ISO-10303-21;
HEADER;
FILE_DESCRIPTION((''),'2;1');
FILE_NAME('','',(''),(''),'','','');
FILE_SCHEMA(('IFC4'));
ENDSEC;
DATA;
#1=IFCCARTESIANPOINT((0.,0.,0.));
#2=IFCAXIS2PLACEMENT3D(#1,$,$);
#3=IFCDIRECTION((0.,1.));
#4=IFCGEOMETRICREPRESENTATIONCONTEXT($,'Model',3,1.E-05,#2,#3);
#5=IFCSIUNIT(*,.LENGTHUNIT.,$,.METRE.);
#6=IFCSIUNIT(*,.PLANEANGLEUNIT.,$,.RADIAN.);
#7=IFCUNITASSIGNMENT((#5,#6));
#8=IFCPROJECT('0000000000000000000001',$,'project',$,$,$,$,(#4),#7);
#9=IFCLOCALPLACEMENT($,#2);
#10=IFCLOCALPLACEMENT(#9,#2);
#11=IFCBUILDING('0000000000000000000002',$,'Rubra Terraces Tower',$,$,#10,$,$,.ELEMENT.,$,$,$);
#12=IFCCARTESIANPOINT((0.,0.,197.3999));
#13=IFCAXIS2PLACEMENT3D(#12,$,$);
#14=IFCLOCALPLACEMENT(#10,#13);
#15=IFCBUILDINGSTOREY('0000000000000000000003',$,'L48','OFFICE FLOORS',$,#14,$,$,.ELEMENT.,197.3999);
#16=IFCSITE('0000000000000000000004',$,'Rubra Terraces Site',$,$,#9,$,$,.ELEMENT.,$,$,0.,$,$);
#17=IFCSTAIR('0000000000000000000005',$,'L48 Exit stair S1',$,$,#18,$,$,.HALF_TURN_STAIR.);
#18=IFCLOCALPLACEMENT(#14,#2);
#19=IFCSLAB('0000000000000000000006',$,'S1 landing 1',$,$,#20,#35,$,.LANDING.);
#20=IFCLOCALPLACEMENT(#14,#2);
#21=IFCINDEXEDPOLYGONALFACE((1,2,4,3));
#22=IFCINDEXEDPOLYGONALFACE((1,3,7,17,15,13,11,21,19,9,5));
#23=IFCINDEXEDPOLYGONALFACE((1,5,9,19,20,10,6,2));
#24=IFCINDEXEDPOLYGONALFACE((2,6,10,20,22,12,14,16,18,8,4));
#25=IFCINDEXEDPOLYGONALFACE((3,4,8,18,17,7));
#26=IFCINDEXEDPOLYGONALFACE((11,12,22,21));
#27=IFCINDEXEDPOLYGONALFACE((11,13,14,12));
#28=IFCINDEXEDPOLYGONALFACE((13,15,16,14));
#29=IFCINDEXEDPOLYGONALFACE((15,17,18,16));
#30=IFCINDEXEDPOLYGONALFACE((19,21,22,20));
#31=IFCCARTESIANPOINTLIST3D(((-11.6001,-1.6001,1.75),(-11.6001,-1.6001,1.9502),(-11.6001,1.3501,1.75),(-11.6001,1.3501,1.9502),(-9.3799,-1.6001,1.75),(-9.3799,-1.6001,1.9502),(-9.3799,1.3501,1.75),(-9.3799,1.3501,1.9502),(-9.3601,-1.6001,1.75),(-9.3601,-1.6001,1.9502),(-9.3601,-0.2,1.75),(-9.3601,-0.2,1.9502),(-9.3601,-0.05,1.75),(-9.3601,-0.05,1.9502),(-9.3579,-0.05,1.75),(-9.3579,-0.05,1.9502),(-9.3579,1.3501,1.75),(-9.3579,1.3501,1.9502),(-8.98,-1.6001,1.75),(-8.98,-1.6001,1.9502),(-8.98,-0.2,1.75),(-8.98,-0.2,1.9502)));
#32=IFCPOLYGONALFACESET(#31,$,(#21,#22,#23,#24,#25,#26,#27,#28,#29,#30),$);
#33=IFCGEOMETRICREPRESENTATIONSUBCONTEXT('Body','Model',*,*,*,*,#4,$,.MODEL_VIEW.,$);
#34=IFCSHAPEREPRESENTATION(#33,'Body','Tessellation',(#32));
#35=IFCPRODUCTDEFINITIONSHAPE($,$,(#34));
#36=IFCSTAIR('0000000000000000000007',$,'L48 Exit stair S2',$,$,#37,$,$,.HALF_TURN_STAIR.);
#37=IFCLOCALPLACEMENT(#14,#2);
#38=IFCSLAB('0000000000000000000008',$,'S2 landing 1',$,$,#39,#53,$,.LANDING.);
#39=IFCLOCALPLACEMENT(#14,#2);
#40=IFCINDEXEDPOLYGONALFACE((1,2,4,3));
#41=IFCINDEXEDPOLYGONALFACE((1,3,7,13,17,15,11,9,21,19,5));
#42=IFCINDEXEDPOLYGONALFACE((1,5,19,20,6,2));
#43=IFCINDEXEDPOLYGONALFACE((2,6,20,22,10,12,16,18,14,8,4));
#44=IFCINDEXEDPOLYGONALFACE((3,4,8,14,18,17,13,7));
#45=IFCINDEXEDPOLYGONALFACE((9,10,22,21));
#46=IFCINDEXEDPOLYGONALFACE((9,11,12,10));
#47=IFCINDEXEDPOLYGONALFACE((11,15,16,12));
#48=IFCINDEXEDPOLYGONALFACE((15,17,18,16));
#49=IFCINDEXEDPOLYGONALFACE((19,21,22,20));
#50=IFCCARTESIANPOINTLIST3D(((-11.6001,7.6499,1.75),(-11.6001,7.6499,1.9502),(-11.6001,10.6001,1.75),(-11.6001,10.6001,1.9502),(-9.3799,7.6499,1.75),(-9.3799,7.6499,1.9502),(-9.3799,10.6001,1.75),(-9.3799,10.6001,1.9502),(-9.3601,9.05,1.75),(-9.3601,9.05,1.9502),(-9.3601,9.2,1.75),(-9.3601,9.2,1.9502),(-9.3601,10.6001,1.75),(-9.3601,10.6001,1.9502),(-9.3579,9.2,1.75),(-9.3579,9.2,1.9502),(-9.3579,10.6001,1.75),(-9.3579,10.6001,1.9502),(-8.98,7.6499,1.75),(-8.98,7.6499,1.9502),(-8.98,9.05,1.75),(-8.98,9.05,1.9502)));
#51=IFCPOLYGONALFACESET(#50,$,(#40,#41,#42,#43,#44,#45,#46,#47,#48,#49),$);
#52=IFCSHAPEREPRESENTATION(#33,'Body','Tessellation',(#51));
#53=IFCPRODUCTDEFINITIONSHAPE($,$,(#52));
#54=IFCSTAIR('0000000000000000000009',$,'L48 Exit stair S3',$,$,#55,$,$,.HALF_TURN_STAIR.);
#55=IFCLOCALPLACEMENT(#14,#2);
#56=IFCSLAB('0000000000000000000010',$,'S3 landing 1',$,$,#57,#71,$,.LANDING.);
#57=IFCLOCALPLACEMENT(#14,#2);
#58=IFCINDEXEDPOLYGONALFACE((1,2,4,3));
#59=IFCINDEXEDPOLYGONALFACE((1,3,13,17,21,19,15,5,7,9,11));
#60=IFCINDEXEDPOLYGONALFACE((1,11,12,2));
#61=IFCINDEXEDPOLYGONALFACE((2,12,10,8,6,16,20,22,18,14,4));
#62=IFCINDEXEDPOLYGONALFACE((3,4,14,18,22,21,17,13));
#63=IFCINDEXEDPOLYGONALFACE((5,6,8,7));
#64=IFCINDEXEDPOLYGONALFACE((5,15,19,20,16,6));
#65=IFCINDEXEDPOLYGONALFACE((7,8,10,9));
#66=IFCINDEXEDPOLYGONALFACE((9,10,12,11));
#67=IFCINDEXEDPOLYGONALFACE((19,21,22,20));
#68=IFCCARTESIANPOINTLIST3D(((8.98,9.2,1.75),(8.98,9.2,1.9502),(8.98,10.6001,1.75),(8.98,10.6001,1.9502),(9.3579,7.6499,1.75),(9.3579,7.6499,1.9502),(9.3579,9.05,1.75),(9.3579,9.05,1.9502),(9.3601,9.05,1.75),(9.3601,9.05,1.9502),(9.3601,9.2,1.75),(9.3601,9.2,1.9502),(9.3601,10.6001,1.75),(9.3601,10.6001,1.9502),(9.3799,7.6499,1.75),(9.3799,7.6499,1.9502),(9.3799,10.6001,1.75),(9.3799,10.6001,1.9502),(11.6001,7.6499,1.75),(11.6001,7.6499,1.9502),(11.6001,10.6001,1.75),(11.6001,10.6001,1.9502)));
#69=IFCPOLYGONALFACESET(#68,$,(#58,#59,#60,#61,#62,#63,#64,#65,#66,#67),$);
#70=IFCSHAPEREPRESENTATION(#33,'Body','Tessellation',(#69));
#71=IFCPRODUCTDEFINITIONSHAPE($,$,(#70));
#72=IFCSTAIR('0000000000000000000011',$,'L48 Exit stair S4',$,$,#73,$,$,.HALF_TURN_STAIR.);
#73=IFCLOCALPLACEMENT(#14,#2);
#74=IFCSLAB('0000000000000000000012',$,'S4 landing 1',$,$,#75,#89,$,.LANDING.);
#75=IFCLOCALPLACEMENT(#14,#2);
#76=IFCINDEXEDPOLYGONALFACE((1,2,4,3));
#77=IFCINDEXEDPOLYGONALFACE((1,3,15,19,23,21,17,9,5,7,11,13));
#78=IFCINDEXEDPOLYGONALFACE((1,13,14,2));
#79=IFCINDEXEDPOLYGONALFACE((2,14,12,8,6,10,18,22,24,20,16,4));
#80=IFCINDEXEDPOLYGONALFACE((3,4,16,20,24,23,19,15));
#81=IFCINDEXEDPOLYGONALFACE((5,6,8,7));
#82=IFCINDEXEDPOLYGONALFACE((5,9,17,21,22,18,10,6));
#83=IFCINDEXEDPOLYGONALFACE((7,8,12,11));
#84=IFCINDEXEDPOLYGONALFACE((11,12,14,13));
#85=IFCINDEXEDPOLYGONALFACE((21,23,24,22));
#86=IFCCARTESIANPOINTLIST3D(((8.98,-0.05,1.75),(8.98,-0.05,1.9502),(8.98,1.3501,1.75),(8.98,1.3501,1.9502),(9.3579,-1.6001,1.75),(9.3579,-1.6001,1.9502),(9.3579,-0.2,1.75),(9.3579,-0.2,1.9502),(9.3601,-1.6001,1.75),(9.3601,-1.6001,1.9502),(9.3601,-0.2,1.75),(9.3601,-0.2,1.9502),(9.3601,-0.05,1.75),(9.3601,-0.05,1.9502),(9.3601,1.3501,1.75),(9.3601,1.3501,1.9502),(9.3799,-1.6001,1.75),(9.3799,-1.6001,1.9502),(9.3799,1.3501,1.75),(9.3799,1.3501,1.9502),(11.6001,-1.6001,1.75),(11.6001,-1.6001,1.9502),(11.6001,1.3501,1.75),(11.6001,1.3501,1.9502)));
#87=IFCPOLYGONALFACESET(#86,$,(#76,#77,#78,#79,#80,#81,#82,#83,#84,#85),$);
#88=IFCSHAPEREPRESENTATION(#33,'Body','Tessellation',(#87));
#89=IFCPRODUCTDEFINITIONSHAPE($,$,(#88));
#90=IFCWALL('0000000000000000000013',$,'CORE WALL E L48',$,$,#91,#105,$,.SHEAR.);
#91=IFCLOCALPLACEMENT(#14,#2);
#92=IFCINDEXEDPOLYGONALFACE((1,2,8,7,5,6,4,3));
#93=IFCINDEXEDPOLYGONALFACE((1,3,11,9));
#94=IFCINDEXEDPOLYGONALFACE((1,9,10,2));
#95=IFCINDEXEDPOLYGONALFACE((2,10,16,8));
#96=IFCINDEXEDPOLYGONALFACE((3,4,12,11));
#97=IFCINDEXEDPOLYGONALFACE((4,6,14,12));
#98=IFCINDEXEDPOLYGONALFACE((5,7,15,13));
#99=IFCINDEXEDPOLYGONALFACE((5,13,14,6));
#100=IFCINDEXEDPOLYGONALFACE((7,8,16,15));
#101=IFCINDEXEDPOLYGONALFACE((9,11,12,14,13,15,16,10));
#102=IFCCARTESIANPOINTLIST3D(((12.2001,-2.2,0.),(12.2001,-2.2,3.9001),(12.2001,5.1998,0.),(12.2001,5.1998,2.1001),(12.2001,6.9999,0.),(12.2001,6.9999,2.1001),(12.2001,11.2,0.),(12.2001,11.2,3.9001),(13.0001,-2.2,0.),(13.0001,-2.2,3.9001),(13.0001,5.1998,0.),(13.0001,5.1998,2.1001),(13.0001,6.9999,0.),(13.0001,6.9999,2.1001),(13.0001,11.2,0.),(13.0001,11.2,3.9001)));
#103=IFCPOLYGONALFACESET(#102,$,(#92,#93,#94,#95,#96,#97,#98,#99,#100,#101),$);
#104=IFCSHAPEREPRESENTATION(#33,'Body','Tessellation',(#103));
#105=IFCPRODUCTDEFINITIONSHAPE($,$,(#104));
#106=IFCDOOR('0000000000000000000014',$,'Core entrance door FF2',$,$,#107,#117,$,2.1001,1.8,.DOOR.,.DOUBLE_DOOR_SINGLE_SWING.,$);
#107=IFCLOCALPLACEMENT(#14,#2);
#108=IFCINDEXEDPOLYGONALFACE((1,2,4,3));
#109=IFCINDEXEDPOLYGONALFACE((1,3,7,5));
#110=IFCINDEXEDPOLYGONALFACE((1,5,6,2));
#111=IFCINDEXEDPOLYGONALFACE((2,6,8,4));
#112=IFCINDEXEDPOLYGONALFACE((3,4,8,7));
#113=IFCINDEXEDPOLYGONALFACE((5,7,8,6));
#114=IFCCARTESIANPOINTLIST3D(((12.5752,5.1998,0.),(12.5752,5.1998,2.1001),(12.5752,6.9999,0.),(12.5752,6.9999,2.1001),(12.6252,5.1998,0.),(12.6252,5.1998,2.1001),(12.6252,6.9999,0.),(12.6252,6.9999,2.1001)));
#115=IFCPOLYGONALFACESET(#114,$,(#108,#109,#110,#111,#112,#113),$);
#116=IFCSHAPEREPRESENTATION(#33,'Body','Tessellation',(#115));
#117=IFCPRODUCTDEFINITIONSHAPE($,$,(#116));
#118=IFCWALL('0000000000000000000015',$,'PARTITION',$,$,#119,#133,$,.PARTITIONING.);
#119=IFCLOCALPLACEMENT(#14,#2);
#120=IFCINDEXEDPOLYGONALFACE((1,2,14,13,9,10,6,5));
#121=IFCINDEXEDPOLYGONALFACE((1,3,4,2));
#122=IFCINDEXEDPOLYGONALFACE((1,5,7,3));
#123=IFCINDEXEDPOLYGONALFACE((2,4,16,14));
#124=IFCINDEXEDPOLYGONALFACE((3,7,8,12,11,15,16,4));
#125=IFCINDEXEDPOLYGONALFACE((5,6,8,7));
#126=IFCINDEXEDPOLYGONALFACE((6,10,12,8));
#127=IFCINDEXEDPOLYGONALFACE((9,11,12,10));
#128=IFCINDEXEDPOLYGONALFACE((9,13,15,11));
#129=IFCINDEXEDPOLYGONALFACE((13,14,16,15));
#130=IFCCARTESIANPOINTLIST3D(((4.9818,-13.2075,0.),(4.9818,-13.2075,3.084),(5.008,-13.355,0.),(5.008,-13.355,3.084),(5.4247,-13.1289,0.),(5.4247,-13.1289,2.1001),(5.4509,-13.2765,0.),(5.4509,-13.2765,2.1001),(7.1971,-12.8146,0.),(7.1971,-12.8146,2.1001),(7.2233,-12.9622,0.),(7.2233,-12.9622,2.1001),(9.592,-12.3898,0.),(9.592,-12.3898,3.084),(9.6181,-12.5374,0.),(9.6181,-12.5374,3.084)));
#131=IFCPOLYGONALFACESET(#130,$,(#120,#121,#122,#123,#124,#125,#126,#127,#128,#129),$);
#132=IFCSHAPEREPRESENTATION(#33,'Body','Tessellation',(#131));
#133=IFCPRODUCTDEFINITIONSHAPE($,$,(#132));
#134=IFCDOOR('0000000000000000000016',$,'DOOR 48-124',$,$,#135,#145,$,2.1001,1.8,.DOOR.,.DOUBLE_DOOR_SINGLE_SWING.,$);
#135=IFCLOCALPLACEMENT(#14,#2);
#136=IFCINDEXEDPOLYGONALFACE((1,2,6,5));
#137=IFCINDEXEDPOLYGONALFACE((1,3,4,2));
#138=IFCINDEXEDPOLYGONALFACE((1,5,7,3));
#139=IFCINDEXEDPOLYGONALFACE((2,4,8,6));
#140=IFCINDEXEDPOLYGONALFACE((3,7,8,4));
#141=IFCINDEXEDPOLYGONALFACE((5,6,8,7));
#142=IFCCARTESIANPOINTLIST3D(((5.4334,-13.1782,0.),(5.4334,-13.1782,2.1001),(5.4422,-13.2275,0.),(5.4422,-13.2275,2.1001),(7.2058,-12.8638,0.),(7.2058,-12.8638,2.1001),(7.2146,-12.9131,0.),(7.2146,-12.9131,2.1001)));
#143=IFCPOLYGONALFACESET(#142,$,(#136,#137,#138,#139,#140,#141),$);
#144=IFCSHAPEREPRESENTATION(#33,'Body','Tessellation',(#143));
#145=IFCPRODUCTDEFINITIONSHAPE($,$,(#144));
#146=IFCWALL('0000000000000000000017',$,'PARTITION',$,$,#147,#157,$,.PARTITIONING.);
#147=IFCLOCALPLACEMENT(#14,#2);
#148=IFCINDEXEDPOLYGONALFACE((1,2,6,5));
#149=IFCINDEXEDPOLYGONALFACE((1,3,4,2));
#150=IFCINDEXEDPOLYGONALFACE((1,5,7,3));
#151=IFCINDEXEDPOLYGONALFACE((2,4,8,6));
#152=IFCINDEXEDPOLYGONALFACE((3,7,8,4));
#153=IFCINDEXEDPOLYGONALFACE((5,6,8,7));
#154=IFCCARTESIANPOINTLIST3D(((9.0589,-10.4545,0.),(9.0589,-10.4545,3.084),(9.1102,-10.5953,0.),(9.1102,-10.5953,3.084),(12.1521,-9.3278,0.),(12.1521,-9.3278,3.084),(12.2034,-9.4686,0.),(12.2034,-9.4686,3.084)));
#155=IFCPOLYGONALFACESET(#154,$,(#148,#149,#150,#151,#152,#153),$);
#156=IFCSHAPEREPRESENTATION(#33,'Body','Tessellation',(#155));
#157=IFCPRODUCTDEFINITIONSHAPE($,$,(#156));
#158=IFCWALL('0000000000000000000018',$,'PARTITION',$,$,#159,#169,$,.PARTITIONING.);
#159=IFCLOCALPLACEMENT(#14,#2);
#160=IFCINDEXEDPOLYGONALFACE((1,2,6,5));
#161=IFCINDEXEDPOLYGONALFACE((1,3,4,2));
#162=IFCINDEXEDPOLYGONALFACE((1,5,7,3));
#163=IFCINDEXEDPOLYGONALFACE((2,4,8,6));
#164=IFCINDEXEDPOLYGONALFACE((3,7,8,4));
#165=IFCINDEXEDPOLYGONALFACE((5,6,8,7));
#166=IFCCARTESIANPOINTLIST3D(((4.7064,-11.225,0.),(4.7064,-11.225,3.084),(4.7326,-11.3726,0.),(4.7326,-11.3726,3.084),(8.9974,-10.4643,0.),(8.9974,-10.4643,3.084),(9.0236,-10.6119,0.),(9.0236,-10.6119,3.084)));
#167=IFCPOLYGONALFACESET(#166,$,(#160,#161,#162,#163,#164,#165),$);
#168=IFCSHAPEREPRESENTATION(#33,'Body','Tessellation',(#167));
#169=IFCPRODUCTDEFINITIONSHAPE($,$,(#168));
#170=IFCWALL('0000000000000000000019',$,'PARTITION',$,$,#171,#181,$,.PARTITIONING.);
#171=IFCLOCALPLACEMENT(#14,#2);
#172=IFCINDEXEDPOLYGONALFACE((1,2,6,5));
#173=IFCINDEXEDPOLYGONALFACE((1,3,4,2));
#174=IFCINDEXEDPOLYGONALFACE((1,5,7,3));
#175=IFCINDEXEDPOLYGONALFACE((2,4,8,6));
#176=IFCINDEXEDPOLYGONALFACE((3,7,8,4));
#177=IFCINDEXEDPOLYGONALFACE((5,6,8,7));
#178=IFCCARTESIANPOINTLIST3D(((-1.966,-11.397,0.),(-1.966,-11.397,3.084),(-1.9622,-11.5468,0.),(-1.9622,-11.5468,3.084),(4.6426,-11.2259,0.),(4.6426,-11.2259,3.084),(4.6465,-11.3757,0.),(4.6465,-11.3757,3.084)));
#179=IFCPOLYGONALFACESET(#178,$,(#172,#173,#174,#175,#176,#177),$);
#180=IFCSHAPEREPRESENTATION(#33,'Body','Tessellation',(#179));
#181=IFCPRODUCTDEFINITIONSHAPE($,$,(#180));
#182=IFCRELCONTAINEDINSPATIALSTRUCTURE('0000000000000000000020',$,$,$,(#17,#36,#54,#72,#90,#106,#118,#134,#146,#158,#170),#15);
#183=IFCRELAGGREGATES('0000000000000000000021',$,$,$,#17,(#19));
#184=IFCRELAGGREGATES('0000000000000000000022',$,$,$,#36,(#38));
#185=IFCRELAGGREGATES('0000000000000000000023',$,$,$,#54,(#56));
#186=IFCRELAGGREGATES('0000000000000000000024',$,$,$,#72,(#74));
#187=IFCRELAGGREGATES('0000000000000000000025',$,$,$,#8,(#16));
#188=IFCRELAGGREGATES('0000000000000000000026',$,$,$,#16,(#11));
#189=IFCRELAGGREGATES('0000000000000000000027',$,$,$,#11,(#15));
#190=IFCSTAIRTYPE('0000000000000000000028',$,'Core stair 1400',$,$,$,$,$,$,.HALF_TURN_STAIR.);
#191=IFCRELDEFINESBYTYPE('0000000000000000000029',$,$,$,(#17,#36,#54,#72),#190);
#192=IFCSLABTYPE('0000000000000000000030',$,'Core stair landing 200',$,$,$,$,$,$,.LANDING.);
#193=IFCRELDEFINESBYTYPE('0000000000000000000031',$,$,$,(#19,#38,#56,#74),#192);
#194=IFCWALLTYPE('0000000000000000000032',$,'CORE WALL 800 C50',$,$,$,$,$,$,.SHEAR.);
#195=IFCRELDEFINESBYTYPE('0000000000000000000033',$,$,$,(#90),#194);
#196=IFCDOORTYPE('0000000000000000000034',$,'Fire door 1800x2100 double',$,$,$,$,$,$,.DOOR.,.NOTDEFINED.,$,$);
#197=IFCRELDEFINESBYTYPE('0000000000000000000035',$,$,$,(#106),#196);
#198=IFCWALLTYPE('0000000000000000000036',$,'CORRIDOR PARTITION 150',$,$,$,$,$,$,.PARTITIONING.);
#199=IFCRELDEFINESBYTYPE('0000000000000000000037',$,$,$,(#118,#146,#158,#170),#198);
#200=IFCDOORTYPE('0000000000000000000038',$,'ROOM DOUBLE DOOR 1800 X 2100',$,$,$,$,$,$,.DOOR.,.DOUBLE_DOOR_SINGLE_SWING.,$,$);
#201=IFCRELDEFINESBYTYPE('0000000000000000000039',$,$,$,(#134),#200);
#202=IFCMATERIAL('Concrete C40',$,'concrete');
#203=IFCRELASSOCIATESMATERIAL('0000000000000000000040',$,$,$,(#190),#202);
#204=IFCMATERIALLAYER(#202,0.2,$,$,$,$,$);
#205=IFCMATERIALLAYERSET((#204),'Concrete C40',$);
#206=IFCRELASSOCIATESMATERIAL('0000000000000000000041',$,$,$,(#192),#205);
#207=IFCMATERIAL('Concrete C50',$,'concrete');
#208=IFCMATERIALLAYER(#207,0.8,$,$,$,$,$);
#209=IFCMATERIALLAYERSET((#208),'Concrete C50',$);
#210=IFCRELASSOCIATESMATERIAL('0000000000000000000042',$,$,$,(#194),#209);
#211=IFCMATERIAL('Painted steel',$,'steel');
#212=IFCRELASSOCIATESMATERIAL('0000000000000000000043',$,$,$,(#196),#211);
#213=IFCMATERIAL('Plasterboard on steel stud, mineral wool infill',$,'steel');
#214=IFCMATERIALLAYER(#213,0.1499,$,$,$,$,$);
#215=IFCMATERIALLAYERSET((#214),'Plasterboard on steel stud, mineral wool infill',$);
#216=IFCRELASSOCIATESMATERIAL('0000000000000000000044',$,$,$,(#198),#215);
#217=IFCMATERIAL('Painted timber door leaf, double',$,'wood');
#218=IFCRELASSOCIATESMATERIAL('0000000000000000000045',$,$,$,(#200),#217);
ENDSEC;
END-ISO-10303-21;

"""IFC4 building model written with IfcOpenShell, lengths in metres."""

from ifc_helpers import new_model, si_unit, direction, frame, frame_2d, origin, place, context, subcontext, project, spatial, polyline, rectangle, outline, extrude, material, layer, layer_set, type_object, element, fill, aggregate, save


model = new_model("IFC4")

# Units and contexts
model_context = context("Model", 3, precision=1e-05, world=origin(), true_north=direction((0.0, 1.0)))
body_context = subcontext(model_context, "Body", "Model", "MODEL_VIEW")
ifc_project = project(units=[si_unit("LENGTHUNIT", "METRE"), si_unit("PLANEANGLEUNIT", "RADIAN")], contexts=[model_context])

# Site, building, storey
site_placement = place(None, origin())
site = spatial("IfcSite", under=ifc_project, at=site_placement, Name="Rubra Terraces Site", CompositionType="ELEMENT", RefElevation=0.0)
building_placement = place(site_placement, origin())
building = spatial("IfcBuilding", under=site, at=building_placement, Name="Rubra Terraces Tower", CompositionType="ELEMENT")
storey_placement = place(building_placement, frame((0.0, 0.0, 197.3999)))
storey = spatial("IfcBuildingStorey", under=building, at=storey_placement, Name="L48", Description="OFFICE FLOORS", CompositionType="ELEMENT", Elevation=197.3999)

# Stairs, slabs
ifc_material_1 = material(Name="Concrete C40", Category="concrete")
stair_type = type_object("IfcStairType", Name="Core stair 1400", PredefinedType="HALF_TURN_STAIR", material=ifc_material_1)
stair_1_placement = place(storey_placement, origin())
stair_1 = element("IfcStair", 1, at=stair_1_placement, inside=storey, type_object=stair_type, Name="L48 Exit stair S1", PredefinedType="HALF_TURN_STAIR")
ifc_layer_1 = layer(ifc_material_1, 0.2)
ifc_layer_set_1 = layer_set([ifc_layer_1], Name="Concrete C40")
slab_type = type_object("IfcSlabType", Name="Core stair landing 200", PredefinedType="LANDING", material=ifc_layer_set_1)
slab_1_placement = place(storey_placement, frame((0.0, 0.0, 1.75)))
slab_1 = element("IfcSlab", 2, at=slab_1_placement, type_object=slab_type, Name="S1 landing 1", PredefinedType="LANDING", context=body_context, shape_type="SweptSolid", body=[
    extrude(outline(polyline([(-8.98, -0.2), (-8.98, -1.6001), (-9.3601, -1.6001), (-9.3799, -1.6001), (-11.6001, -1.6001), (-11.6001, 1.3501), (-9.3799, 1.3501), (-9.3579, 1.3501), (-9.3579, -0.05), (-9.3601, -0.05), (-9.3601, -0.2), (-8.98, -0.2)])), origin(), (0.0, 0.0, 1.0), 0.2002),
])
aggregate(stair_1, [slab_1])
stair_2_placement = place(storey_placement, origin())
stair_2 = element("IfcStair", 3, at=stair_2_placement, inside=storey, type_object=stair_type, Name="L48 Exit stair S2", PredefinedType="HALF_TURN_STAIR")
slab_2_placement = place(storey_placement, frame((0.0, 0.0, 1.75)))
slab_2 = element("IfcSlab", 4, at=slab_2_placement, type_object=slab_type, Name="S2 landing 1", PredefinedType="LANDING", context=body_context, shape_type="SweptSolid", body=[
    extrude(outline(polyline([(-8.98, 9.05), (-8.98, 7.6499), (-9.3799, 7.6499), (-11.6001, 7.6499), (-11.6001, 10.6001), (-9.3799, 10.6001), (-9.3601, 10.6001), (-9.3579, 10.6001), (-9.3579, 9.2), (-9.3601, 9.2), (-9.3601, 9.05), (-8.98, 9.05)])), origin(), (0.0, 0.0, 1.0), 0.2002),
])
aggregate(stair_2, [slab_2])
stair_3_placement = place(storey_placement, origin())
stair_3 = element("IfcStair", 5, at=stair_3_placement, inside=storey, type_object=stair_type, Name="L48 Exit stair S3", PredefinedType="HALF_TURN_STAIR")
slab_3_placement = place(storey_placement, frame((0.0, 0.0, 1.75)))
slab_3 = element("IfcSlab", 6, at=slab_3_placement, type_object=slab_type, Name="S3 landing 1", PredefinedType="LANDING", context=body_context, shape_type="SweptSolid", body=[
    extrude(outline(polyline([(9.3601, 9.05), (9.3601, 9.2), (8.98, 9.2), (8.98, 10.6001), (9.3601, 10.6001), (9.3799, 10.6001), (11.6001, 10.6001), (11.6001, 7.6499), (9.3799, 7.6499), (9.3579, 7.6499), (9.3579, 9.05), (9.3601, 9.05)])), origin(), (0.0, 0.0, 1.0), 0.2002),
])
aggregate(stair_3, [slab_3])
stair_4_placement = place(storey_placement, origin())
stair_4 = element("IfcStair", 7, at=stair_4_placement, inside=storey, type_object=stair_type, Name="L48 Exit stair S4", PredefinedType="HALF_TURN_STAIR")
slab_4_placement = place(storey_placement, frame((0.0, 0.0, 1.75)))
slab_4 = element("IfcSlab", 8, at=slab_4_placement, type_object=slab_type, Name="S4 landing 1", PredefinedType="LANDING", context=body_context, shape_type="SweptSolid", body=[
    extrude(outline(polyline([(9.3601, -0.2), (9.3601, -0.05), (8.98, -0.05), (8.98, 1.3501), (9.3601, 1.3501), (9.3799, 1.3501), (11.6001, 1.3501), (11.6001, -1.6001), (9.3799, -1.6001), (9.3601, -1.6001), (9.3579, -1.6001), (9.3579, -0.2), (9.3601, -0.2)])), origin(), (0.0, 0.0, 1.0), 0.2002),
])

# Walls, openings, doors
ifc_material_2 = material(Name="Concrete C50", Category="concrete")
ifc_layer_2 = layer(ifc_material_2, 0.8)
ifc_layer_set_2 = layer_set([ifc_layer_2], Name="Concrete C50")
wall_type_1 = type_object("IfcWallType", Name="CORE WALL 800 C50", PredefinedType="SHEAR", material=ifc_layer_set_2)
wall_1_placement = place(storey_placement, frame((12.6001, -2.2, 0.0), z_axis=(0.0, 0.0, 1.0), x_axis=(0.0, 1.0, 0.0)))
wall_1 = element("IfcWall", 9, at=wall_1_placement, inside=storey, type_object=wall_type_1, Name="CORE WALL E L48", PredefinedType="SHEAR", context=body_context, shape_type="SweptSolid", body=[
    extrude(rectangle(XDim=13.3999, YDim=0.8, at=frame_2d((6.7, 0.0))), origin(), (0.0, 0.0, 1.0), 3.9001),
])
opening_1_placement = place(wall_1_placement, frame((7.3999, 0.0, 0.0)))
opening_1 = element("IfcOpeningElement", 10, at=opening_1_placement, cuts=wall_1, PredefinedType="OPENING", context=body_context, shape_type="SweptSolid", body=[
    extrude(rectangle(XDim=1.8, YDim=2.1001, at=frame_2d((0.8999, 1.05))), frame((0.0, 0.4099, 0.0), z_axis=(0.0, -1.0, 0.0), x_axis=(1.0, 0.0, 0.0)), (0.0, 0.0, 1.0), 0.8201),
])
ifc_material_3 = material(Name="Painted steel", Category="steel")
door_type_1 = type_object("IfcDoorType", Name="Fire door 1800x2100 double", OperationType="NOTDEFINED", PredefinedType="DOOR", material=ifc_material_3)
door_1_placement = place(opening_1_placement, origin())
door_1 = element("IfcDoor", 11, at=door_1_placement, inside=storey, type_object=door_type_1, Name="Core entrance door FF2", OperationType="DOUBLE_DOOR_SINGLE_SWING", OverallHeight=2.1001, OverallWidth=1.8, PredefinedType="DOOR", context=body_context, shape_type="SweptSolid", body=[
    extrude(rectangle(XDim=1.8, YDim=2.1001, at=frame_2d((0.8999, 1.05))), frame((0.0, 0.0249, 0.0), z_axis=(0.0, -1.0, 0.0), x_axis=(1.0, 0.0, 0.0)), (0.0, 0.0, 1.0), 0.05),
])
fill(opening_1, door_1)
ifc_material_4 = material(Name="Plasterboard on steel stud, mineral wool infill", Category="steel")
ifc_layer_3 = layer(ifc_material_4, 0.1499)
ifc_layer_set_3 = layer_set([ifc_layer_3], Name="Plasterboard on steel stud, mineral wool infill")
wall_type_2 = type_object("IfcWallType", Name="CORRIDOR PARTITION 150", PredefinedType="PARTITIONING", material=ifc_layer_set_3)
wall_2_placement = place(storey_placement, frame((4.9949, -13.2812, 0.0), z_axis=(0.0, 0.0, 1.0), x_axis=(0.984634, 0.17463, 0.0)))
wall_2 = element("IfcWall", 12, at=wall_2_placement, inside=storey, type_object=wall_type_2, Name="PARTITION", PredefinedType="PARTITIONING", context=body_context, shape_type="SweptSolid", body=[
    extrude(rectangle(XDim=4.6821, YDim=0.1499, at=frame_2d((2.3411, 0.0))), origin(), (0.0, 0.0, 1.0), 3.084),
])
opening_2_placement = place(wall_2_placement, frame((0.45, 0.0, 0.0)))
opening_2 = element("IfcOpeningElement", 13, at=opening_2_placement, cuts=wall_2, PredefinedType="OPENING", context=body_context, shape_type="SweptSolid", body=[
    extrude(rectangle(XDim=1.8, YDim=2.1001, at=frame_2d((0.8999, 1.05))), frame((0.0, 0.085, 0.0), z_axis=(0.0, -1.0, 0.0), x_axis=(1.0, 0.0, 0.0)), (0.0, 0.0, 1.0), 0.1699),
])
ifc_material_5 = material(Name="Painted timber door leaf, double", Category="wood")
door_type_2 = type_object("IfcDoorType", Name="ROOM DOUBLE DOOR 1800 X 2100", OperationType="DOUBLE_DOOR_SINGLE_SWING", PredefinedType="DOOR", material=ifc_material_5)
door_2_placement = place(opening_2_placement, origin())
door_2 = element("IfcDoor", 14, at=door_2_placement, inside=storey, type_object=door_type_2, Name="DOOR 48-124", OperationType="DOUBLE_DOOR_SINGLE_SWING", OverallHeight=2.1001, OverallWidth=1.8, PredefinedType="DOOR", context=body_context, shape_type="SweptSolid", body=[
    extrude(rectangle(XDim=1.8, YDim=2.1001, at=frame_2d((0.8999, 1.05))), frame((0.0, 0.0249, 0.0), z_axis=(0.0, -1.0, 0.0), x_axis=(1.0, 0.0, 0.0)), (0.0, 0.0, 1.0), 0.05),
])
fill(opening_2, door_2)

# Walls
wall_3_placement = place(storey_placement, frame((12.1777, -9.3982, 0.0), z_axis=(0.0, 0.0, 1.0), x_axis=(-0.939609, -0.342249, 0.0)))
element("IfcWall", 15, at=wall_3_placement, inside=storey, type_object=wall_type_2, Name="PARTITION", PredefinedType="PARTITIONING", context=body_context, shape_type="SweptSolid", body=[
    extrude(rectangle(XDim=3.292, YDim=0.1499, at=frame_2d((1.646, 0.0))), origin(), (0.0, 0.0, 1.0), 3.084),
])
wall_4_placement = place(storey_placement, frame((9.0105, -10.5381, 0.0), z_axis=(0.0, 0.0, 1.0), x_axis=(-0.984646, -0.174565, 0.0)))
element("IfcWall", 16, at=wall_4_placement, inside=storey, type_object=wall_type_2, Name="PARTITION", PredefinedType="PARTITIONING", context=body_context, shape_type="SweptSolid", body=[
    extrude(rectangle(XDim=4.3579, YDim=0.1499, at=frame_2d((2.179, 0.0))), origin(), (0.0, 0.0, 1.0), 3.084),
])
wall_5_placement = place(storey_placement, frame((4.6445, -11.3008, 0.0), z_axis=(0.0, 0.0, 1.0), x_axis=(-0.999665, -0.025888, 0.0)))
element("IfcWall", 17, at=wall_5_placement, inside=storey, type_object=wall_type_2, Name="PARTITION", PredefinedType="PARTITIONING", context=body_context, shape_type="SweptSolid", body=[
    extrude(rectangle(XDim=6.6108, YDim=0.1499, at=frame_2d((3.3054, 0.0))), origin(), (0.0, 0.0, 1.0), 3.084),
])

aggregate(stair_4, [slab_4])

save(model, "model.ifc")
